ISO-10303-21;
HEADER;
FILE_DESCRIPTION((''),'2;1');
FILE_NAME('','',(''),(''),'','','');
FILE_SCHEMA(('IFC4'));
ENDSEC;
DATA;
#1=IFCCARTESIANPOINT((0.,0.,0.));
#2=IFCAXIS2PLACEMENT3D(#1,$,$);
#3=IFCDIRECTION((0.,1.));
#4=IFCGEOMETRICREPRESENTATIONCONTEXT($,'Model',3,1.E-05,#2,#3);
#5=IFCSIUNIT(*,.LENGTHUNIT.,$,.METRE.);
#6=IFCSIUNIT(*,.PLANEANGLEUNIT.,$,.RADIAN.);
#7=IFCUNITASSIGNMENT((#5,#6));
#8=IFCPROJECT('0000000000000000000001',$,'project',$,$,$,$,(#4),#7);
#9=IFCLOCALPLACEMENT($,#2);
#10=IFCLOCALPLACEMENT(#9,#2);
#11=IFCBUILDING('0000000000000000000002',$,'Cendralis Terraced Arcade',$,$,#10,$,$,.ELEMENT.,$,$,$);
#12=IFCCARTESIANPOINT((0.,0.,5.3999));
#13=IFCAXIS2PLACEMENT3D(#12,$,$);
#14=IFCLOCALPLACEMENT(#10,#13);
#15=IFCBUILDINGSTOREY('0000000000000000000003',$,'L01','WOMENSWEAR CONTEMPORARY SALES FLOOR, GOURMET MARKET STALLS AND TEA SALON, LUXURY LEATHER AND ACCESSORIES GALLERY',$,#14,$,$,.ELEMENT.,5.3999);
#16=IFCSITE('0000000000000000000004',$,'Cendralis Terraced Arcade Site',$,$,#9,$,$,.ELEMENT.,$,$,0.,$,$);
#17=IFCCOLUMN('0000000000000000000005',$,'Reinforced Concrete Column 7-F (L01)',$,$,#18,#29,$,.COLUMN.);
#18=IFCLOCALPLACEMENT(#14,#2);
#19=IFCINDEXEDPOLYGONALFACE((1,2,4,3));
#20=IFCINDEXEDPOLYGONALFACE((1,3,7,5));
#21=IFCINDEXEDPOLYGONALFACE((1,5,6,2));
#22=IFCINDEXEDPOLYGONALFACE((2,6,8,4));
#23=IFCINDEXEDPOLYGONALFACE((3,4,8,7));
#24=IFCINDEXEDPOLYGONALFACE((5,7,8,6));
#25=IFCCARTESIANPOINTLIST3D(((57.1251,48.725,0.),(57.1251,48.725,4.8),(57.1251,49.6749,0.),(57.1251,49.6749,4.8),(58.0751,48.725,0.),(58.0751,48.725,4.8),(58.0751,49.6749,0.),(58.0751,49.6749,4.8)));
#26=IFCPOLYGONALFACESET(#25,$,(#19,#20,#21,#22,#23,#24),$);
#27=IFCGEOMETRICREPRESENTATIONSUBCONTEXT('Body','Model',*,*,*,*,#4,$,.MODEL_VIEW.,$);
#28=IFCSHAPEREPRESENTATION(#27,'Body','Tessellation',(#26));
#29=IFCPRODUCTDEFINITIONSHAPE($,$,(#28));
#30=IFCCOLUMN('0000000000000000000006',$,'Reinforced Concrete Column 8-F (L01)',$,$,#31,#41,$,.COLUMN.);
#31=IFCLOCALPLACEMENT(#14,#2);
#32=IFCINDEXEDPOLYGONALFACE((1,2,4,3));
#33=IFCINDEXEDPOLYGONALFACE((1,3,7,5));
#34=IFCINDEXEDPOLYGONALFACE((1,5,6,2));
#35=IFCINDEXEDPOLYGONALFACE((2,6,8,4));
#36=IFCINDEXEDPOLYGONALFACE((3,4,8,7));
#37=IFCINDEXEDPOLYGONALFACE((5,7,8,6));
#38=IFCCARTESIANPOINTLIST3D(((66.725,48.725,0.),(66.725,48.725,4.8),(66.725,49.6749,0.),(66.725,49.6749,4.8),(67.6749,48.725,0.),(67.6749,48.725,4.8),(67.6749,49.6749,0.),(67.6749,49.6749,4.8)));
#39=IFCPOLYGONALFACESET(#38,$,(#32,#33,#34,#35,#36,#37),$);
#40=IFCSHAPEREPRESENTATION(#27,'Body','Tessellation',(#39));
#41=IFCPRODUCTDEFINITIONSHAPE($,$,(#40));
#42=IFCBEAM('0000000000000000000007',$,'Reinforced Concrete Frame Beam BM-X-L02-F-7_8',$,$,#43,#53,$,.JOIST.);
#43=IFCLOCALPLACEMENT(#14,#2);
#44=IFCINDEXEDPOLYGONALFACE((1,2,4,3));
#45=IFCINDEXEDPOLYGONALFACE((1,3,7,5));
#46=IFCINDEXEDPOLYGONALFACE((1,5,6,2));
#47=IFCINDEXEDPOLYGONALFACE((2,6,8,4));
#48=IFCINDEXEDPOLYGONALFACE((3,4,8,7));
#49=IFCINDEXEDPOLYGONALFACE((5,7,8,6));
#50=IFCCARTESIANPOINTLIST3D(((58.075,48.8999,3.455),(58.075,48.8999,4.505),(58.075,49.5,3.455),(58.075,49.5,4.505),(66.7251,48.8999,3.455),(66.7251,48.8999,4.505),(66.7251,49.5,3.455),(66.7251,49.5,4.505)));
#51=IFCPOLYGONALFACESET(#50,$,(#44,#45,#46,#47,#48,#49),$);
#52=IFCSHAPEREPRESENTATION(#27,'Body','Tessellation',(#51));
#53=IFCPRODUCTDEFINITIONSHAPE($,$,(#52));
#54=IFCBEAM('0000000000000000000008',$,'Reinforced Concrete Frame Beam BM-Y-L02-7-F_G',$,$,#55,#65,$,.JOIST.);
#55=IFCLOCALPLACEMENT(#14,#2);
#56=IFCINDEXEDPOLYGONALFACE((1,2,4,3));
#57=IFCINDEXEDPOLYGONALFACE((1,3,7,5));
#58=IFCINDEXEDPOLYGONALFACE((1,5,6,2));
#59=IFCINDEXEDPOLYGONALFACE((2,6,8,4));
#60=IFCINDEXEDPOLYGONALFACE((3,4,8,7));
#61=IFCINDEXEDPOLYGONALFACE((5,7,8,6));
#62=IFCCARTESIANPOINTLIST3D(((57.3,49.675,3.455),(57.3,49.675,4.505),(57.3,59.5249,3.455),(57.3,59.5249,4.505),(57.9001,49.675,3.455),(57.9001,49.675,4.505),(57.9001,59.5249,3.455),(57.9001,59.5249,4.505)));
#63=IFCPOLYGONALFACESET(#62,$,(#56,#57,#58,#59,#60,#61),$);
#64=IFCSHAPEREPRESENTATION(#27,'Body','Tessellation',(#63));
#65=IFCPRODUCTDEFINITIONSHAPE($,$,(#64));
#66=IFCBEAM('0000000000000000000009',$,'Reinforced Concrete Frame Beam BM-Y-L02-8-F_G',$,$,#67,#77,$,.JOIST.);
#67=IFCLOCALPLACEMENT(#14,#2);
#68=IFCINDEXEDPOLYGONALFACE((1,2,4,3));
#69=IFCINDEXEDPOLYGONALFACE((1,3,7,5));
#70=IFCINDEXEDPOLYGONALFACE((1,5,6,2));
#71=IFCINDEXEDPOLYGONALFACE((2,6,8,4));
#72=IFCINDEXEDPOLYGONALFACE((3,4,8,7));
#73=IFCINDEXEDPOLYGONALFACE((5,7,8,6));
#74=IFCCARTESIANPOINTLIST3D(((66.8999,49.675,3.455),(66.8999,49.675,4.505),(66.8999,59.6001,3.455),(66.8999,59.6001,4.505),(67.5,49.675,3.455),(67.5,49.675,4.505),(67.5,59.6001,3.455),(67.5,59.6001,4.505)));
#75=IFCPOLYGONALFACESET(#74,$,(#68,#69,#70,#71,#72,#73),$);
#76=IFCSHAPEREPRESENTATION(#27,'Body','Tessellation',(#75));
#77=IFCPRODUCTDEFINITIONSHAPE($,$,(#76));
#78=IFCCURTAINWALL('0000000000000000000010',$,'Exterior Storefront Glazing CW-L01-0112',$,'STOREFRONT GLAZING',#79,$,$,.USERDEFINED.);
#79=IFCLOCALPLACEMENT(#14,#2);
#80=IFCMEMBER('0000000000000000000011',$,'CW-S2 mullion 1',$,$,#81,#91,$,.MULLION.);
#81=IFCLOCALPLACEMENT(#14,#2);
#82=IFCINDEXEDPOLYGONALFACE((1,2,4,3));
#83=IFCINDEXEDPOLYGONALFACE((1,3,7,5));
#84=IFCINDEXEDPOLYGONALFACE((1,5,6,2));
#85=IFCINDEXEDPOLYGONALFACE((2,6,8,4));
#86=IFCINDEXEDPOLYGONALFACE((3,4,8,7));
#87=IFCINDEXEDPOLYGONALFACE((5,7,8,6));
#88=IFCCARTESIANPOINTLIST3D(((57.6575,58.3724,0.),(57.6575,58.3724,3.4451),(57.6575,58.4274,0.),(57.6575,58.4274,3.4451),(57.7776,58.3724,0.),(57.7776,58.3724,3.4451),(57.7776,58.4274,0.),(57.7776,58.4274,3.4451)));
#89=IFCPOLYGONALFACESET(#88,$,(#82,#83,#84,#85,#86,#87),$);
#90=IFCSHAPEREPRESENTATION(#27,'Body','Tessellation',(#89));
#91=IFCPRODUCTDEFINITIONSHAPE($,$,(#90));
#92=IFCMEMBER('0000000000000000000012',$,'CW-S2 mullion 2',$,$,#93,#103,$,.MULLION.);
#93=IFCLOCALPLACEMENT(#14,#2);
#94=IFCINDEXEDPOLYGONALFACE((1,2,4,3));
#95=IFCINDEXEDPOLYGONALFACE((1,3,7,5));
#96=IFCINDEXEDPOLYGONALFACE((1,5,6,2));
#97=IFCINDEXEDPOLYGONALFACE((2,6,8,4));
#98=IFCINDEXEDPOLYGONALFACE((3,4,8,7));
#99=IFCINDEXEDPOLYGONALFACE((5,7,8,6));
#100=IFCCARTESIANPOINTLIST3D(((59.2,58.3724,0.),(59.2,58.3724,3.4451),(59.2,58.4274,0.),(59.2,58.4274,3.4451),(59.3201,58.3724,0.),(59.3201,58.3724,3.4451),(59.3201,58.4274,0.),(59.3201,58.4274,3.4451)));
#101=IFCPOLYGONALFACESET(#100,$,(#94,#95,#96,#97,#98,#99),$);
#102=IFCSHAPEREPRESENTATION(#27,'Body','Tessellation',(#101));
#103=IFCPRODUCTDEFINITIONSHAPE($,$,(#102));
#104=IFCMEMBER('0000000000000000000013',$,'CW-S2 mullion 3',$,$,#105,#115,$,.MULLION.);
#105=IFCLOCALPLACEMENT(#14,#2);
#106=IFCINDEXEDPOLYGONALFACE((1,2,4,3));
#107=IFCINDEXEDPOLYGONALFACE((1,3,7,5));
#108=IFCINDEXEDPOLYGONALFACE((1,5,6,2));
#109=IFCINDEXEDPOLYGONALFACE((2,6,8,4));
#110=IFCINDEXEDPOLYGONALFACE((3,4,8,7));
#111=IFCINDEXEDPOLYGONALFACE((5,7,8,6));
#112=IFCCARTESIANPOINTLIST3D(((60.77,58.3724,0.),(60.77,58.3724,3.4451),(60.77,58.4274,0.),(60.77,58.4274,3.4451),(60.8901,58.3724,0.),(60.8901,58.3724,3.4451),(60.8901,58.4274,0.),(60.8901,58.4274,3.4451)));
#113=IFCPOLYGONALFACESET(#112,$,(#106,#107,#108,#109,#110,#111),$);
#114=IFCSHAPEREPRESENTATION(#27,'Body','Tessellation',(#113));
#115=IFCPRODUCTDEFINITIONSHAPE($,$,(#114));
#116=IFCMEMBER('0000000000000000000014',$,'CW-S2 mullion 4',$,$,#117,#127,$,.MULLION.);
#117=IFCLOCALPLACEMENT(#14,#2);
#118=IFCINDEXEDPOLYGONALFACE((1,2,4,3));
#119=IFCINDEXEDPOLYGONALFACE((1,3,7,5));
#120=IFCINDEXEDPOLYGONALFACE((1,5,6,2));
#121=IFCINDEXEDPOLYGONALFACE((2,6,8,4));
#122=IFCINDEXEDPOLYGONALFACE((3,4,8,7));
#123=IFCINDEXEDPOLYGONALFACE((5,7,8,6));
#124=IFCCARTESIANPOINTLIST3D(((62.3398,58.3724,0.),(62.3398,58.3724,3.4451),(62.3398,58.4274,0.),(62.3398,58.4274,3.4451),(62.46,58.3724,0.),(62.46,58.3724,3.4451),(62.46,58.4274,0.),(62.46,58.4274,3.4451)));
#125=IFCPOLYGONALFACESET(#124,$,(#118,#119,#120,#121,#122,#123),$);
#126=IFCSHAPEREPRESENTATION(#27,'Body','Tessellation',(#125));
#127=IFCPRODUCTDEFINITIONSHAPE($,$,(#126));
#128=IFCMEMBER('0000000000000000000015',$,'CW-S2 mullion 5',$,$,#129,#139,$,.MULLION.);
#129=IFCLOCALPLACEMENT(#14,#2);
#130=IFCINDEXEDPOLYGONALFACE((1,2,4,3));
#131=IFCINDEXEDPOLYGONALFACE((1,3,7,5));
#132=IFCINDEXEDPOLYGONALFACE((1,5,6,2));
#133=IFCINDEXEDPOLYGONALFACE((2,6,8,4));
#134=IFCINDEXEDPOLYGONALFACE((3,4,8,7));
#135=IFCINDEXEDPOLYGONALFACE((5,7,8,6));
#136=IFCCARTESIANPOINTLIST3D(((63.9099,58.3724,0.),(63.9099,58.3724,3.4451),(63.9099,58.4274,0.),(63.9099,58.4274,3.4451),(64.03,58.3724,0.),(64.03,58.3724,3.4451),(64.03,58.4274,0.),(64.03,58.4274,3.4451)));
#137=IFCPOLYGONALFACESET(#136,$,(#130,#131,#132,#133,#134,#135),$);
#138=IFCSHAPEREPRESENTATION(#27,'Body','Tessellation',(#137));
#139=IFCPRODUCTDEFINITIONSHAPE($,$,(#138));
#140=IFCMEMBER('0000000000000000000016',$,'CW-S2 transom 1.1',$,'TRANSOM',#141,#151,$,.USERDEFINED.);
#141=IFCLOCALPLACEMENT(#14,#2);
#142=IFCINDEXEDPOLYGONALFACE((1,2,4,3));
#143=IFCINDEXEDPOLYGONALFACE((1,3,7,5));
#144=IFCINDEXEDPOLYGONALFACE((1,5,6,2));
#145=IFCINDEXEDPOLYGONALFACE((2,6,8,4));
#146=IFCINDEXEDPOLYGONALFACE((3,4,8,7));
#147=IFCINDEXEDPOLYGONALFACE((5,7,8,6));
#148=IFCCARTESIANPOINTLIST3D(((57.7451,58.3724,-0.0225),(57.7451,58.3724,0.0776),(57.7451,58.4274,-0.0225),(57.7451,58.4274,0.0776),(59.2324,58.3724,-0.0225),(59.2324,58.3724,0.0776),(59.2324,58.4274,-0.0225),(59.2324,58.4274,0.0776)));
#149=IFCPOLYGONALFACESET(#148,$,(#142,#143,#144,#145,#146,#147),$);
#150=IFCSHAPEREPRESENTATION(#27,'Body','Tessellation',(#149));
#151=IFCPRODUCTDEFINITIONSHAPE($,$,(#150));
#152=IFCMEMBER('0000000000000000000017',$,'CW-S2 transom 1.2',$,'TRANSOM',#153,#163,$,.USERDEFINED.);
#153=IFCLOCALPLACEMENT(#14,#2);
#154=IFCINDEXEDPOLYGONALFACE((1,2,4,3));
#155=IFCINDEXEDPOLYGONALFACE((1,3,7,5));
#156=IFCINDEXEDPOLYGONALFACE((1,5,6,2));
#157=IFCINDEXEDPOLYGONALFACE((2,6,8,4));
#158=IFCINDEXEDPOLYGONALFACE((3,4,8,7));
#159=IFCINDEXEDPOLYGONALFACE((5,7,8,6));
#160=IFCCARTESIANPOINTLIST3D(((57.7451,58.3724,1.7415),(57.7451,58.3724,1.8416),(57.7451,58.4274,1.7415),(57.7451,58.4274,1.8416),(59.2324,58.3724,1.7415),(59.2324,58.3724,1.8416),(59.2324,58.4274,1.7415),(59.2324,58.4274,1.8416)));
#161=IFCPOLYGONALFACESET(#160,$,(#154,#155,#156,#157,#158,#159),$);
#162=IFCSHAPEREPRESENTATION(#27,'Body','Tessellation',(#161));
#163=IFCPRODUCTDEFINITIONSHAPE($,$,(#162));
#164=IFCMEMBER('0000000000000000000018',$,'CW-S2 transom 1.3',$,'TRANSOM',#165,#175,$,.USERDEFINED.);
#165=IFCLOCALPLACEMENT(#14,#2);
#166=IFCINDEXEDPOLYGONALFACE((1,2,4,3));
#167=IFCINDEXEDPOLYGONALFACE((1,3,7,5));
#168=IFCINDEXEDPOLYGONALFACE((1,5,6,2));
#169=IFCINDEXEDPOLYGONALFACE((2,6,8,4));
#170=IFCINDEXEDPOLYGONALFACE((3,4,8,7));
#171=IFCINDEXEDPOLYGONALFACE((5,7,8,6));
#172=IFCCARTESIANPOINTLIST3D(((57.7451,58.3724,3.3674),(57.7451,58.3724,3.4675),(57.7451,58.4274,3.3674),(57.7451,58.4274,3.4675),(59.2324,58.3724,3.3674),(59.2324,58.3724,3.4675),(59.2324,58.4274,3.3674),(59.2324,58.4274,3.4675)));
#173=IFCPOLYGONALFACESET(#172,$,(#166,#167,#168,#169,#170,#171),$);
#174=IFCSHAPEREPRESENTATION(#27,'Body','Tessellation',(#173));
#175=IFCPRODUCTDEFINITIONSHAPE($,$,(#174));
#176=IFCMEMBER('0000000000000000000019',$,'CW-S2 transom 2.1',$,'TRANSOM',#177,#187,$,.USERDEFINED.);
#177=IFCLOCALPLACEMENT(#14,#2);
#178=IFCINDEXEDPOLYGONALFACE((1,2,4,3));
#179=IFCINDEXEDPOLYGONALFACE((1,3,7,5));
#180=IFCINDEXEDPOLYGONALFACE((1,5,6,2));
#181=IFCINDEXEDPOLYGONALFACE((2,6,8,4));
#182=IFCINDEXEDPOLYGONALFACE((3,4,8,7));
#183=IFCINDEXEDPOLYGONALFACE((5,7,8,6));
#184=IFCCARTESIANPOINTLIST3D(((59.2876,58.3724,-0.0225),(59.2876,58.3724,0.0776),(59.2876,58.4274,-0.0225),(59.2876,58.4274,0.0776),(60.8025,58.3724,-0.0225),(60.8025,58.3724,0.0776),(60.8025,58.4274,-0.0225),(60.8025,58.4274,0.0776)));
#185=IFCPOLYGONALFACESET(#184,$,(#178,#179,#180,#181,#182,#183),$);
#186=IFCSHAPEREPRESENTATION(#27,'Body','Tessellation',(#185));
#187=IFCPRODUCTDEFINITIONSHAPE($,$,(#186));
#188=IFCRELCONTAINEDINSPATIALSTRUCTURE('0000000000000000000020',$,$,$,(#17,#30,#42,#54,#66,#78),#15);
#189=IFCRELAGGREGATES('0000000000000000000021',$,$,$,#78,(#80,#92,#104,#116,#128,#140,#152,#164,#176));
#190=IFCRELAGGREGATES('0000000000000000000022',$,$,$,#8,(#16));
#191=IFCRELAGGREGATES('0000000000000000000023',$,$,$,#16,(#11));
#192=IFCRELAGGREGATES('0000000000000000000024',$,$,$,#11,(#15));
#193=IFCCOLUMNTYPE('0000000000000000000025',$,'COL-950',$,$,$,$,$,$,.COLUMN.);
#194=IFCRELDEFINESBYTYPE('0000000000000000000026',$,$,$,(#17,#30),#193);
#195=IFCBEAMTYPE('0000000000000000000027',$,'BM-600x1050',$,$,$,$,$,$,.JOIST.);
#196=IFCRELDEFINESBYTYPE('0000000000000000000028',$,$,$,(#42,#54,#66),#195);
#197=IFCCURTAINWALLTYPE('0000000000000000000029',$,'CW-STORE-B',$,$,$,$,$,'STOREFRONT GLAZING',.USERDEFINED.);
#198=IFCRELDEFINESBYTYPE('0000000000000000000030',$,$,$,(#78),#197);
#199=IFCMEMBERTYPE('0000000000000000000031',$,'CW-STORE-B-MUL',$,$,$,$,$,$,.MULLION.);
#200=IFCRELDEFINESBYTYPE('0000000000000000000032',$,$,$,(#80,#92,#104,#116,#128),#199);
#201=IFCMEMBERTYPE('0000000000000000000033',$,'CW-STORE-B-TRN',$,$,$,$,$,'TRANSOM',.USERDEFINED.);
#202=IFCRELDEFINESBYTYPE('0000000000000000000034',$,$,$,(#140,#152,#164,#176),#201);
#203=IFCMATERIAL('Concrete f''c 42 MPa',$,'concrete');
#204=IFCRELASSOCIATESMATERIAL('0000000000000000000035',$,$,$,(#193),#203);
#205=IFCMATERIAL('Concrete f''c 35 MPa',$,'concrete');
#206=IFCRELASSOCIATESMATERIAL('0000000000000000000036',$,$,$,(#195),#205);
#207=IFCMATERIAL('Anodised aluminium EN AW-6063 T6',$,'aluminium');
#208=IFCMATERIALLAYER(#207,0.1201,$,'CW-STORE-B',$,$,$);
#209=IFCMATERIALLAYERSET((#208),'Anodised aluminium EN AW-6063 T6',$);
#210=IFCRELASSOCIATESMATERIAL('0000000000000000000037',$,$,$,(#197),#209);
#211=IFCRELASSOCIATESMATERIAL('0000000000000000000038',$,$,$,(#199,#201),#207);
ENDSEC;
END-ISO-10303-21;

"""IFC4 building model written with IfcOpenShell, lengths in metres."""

from ifc_helpers import new_model, si_unit, direction, frame, origin, origin_2d, place, context, subcontext, project, spatial, rectangle, extrude, material, layer, layer_set, material_profile, profile_set, type_object, element, aggregate, save


model = new_model("IFC4")

# Units and contexts
model_context = context("Model", 3, precision=1e-05, world=origin(), true_north=direction((0.0, 1.0)))
body_context = subcontext(model_context, "Body", "Model", "MODEL_VIEW")
ifc_project = project(units=[si_unit("LENGTHUNIT", "METRE"), si_unit("PLANEANGLEUNIT", "RADIAN")], contexts=[model_context])

# Site, building, storey
site_placement = place(None, origin())
site = spatial("IfcSite", under=ifc_project, at=site_placement, Name="Cendralis Terraced Arcade Site", CompositionType="ELEMENT", RefElevation=0.0)
building_placement = place(site_placement, origin())
building = spatial("IfcBuilding", under=site, at=building_placement, Name="Cendralis Terraced Arcade", CompositionType="ELEMENT")
storey_placement = place(building_placement, frame((0.0, 0.0, 5.3999)))
storey = spatial("IfcBuildingStorey", under=building, at=storey_placement, Name="L01", Description="WOMENSWEAR CONTEMPORARY SALES FLOOR, GOURMET MARKET STALLS AND TEA SALON, LUXURY LEATHER AND ACCESSORIES GALLERY", CompositionType="ELEMENT", Elevation=5.3999)

# Columns
ifc_material_1 = material(Name="Concrete f'c 42 MPa", Category="concrete")
ifc_material_profile_1 = material_profile(ifc_material_1, rectangle(XDim=0.95, YDim=0.95, at=origin_2d()), Name="RC-COL-950x950", Category="LoadBearing")
ifc_profile_set_1 = profile_set([ifc_material_profile_1], Name="Concrete f'c 42 MPa")
column_type = type_object("IfcColumnType", Name="COL-950", PredefinedType="COLUMN", material=ifc_profile_set_1)
for number, where, z_axis, x_axis, name in (
    (1, (57.6001, 49.2, 0.0), (0.0, 0.0, 1.0), (1.0, 0.0, 0.0), "Reinforced Concrete Column 7-F (L01)"),
    (2, (67.2, 49.2, 0.0), (0.0, 0.0, 1.0), (1.0, 0.0, 0.0), "Reinforced Concrete Column 8-F (L01)"),
):
    element("IfcColumn", number, at=place(storey_placement, frame(where, z_axis=z_axis, x_axis=x_axis)), inside=storey, type_object=column_type, Name=name, PredefinedType="COLUMN", context=body_context, shape_type="SweptSolid", body=[
        extrude(rectangle(XDim=0.95, YDim=0.95, at=origin_2d()), origin(), (0.0, 0.0, 1.0), 4.8),
    ])

# Beams
ifc_material_2 = material(Name="Concrete f'c 35 MPa", Category="concrete")
ifc_material_profile_2 = material_profile(ifc_material_2, rectangle(XDim=0.6001, YDim=1.05, at=origin_2d()), Name="RC-BM-600x1050", Category="LoadBearing")
ifc_profile_set_2 = profile_set([ifc_material_profile_2], Name="Concrete f'c 35 MPa")
beam_type = type_object("IfcBeamType", Name="BM-600x1050", PredefinedType="JOIST", material=ifc_profile_set_2)
beam_1_placement = place(storey_placement, frame((58.075, 49.2, 3.98), z_axis=(1.0, 0.0, 0.0), x_axis=(0.0, 1.0, 0.0)))
element("IfcBeam", 3, at=beam_1_placement, inside=storey, type_object=beam_type, Name="Reinforced Concrete Frame Beam BM-X-L02-F-7_8", PredefinedType="JOIST", context=body_context, shape_type="SweptSolid", body=[
    extrude(rectangle(XDim=0.6001, YDim=1.05, at=origin_2d()), origin(), (0.0, 0.0, 1.0), 8.6501),
])
beam_2_placement = place(storey_placement, frame((57.6001, 49.675, 3.98), z_axis=(0.0, 1.0, 0.0), x_axis=(-1.0, 0.0, 0.0)))
element("IfcBeam", 4, at=beam_2_placement, inside=storey, type_object=beam_type, Name="Reinforced Concrete Frame Beam BM-Y-L02-7-F_G", PredefinedType="JOIST", context=body_context, shape_type="SweptSolid", body=[
    extrude(rectangle(XDim=0.6001, YDim=1.05, at=origin_2d()), origin(), (0.0, 0.0, 1.0), 9.8499),
])
beam_3_placement = place(storey_placement, frame((67.2, 49.675, 3.98), z_axis=(0.0, 1.0, 0.0), x_axis=(-1.0, 0.0, 0.0)))
element("IfcBeam", 5, at=beam_3_placement, inside=storey, type_object=beam_type, Name="Reinforced Concrete Frame Beam BM-Y-L02-8-F_G", PredefinedType="JOIST", context=body_context, shape_type="SweptSolid", body=[
    extrude(rectangle(XDim=0.6001, YDim=1.05, at=origin_2d()), origin(), (0.0, 0.0, 1.0), 9.925),
])

# Curtain wall, members
ifc_material_3 = material(Name="Anodised aluminium EN AW-6063 T6", Category="aluminium")
ifc_layer_1 = layer(ifc_material_3, 0.1201, Name="CW-STORE-B")
ifc_layer_set_1 = layer_set([ifc_layer_1], Name="Anodised aluminium EN AW-6063 T6")
curtain_wall_type = type_object("IfcCurtainWallType", Name="CW-STORE-B", ElementType="STOREFRONT GLAZING", PredefinedType="USERDEFINED", material=ifc_layer_set_1)
curtain_wall_placement = place(storey_placement, origin())
curtain_wall = element("IfcCurtainWall", 6, at=curtain_wall_placement, inside=storey, type_object=curtain_wall_type, Name="Exterior Storefront Glazing CW-L01-0112", ObjectType="STOREFRONT GLAZING", PredefinedType="USERDEFINED")
ifc_material_profile_3 = material_profile(ifc_material_3, rectangle(XDim=0.0549, YDim=0.1201, at=origin_2d()), Name="ALU-MUL-55x120")
ifc_profile_set_3 = profile_set([ifc_material_profile_3], Name="Anodised aluminium EN AW-6063 T6")
member_type_1 = type_object("IfcMemberType", Name="CW-STORE-B-MUL", PredefinedType="MULLION", material=ifc_profile_set_3)
member_1_placement = place(storey_placement, frame((57.7175, 58.3999, 0.0), z_axis=(0.0, 0.0, 1.0), x_axis=(0.0, 1.0, 0.0)))
member_1 = element("IfcMember", 7, at=member_1_placement, type_object=member_type_1, Name="CW-S2 mullion 1", PredefinedType="MULLION", context=body_context, shape_type="SweptSolid", body=[
    extrude(rectangle(XDim=0.0549, YDim=0.1201, at=origin_2d()), origin(), (0.0, 0.0, 1.0), 3.4451),
])
member_2_placement = place(storey_placement, frame((59.26, 58.3999, 0.0), z_axis=(0.0, 0.0, 1.0), x_axis=(0.0, 1.0, 0.0)))
member_2 = element("IfcMember", 8, at=member_2_placement, type_object=member_type_1, Name="CW-S2 mullion 2", PredefinedType="MULLION", context=body_context, shape_type="SweptSolid", body=[
    extrude(rectangle(XDim=0.0549, YDim=0.1201, at=origin_2d()), origin(), (0.0, 0.0, 1.0), 3.4451),
])
member_3_placement = place(storey_placement, frame((60.8301, 58.3999, 0.0), z_axis=(0.0, 0.0, 1.0), x_axis=(0.0, 1.0, 0.0)))
member_3 = element("IfcMember", 9, at=member_3_placement, type_object=member_type_1, Name="CW-S2 mullion 3", PredefinedType="MULLION", context=body_context, shape_type="SweptSolid", body=[
    extrude(rectangle(XDim=0.0549, YDim=0.1201, at=origin_2d()), origin(), (0.0, 0.0, 1.0), 3.4451),
])
member_4_placement = place(storey_placement, frame((62.3999, 58.3999, 0.0), z_axis=(0.0, 0.0, 1.0), x_axis=(0.0, 1.0, 0.0)))
member_4 = element("IfcMember", 10, at=member_4_placement, type_object=member_type_1, Name="CW-S2 mullion 4", PredefinedType="MULLION", context=body_context, shape_type="SweptSolid", body=[
    extrude(rectangle(XDim=0.0549, YDim=0.1201, at=origin_2d()), origin(), (0.0, 0.0, 1.0), 3.4451),
])
member_5_placement = place(storey_placement, frame((63.97, 58.3999, 0.0), z_axis=(0.0, 0.0, 1.0), x_axis=(0.0, 1.0, 0.0)))
member_5 = element("IfcMember", 11, at=member_5_placement, type_object=member_type_1, Name="CW-S2 mullion 5", PredefinedType="MULLION", context=body_context, shape_type="SweptSolid", body=[
    extrude(rectangle(XDim=0.0549, YDim=0.1201, at=origin_2d()), origin(), (0.0, 0.0, 1.0), 3.4451),
])
ifc_material_profile_4 = material_profile(ifc_material_3, rectangle(XDim=0.0549, YDim=0.1001, at=origin_2d()), Name="ALU-TRN-55x100")
ifc_profile_set_4 = profile_set([ifc_material_profile_4], Name="Anodised aluminium EN AW-6063 T6")
member_type_2 = type_object("IfcMemberType", Name="CW-STORE-B-TRN", ElementType="TRANSOM", PredefinedType="USERDEFINED", material=ifc_profile_set_4)
member_6_placement = place(storey_placement, frame((57.7451, 58.3999, 0.0276), z_axis=(1.0, 0.0, 0.0), x_axis=(0.0, 1.0, 0.0)))
member_6 = element("IfcMember", 12, at=member_6_placement, type_object=member_type_2, Name="CW-S2 transom 1.1", ObjectType="TRANSOM", PredefinedType="USERDEFINED", context=body_context, shape_type="SweptSolid", body=[
    extrude(rectangle(XDim=0.0549, YDim=0.1001, at=origin_2d()), origin(), (0.0, 0.0, 1.0), 1.4873),
])
member_7_placement = place(storey_placement, frame((57.7451, 58.3999, 1.7915), z_axis=(1.0, 0.0, 0.0), x_axis=(0.0, 1.0, 0.0)))
member_7 = element("IfcMember", 13, at=member_7_placement, type_object=member_type_2, Name="CW-S2 transom 1.2", ObjectType="TRANSOM", PredefinedType="USERDEFINED", context=body_context, shape_type="SweptSolid", body=[
    extrude(rectangle(XDim=0.0549, YDim=0.1001, at=origin_2d()), origin(), (0.0, 0.0, 1.0), 1.4873),
])
member_8_placement = place(storey_placement, frame((57.7451, 58.3999, 3.4175), z_axis=(1.0, 0.0, 0.0), x_axis=(0.0, 1.0, 0.0)))
member_8 = element("IfcMember", 14, at=member_8_placement, type_object=member_type_2, Name="CW-S2 transom 1.3", ObjectType="TRANSOM", PredefinedType="USERDEFINED", context=body_context, shape_type="SweptSolid", body=[
    extrude(rectangle(XDim=0.0549, YDim=0.1001, at=origin_2d()), origin(), (0.0, 0.0, 1.0), 1.4873),
])
member_9_placement = place(storey_placement, frame((59.2876, 58.3999, 0.0276), z_axis=(1.0, 0.0, 0.0), x_axis=(0.0, 1.0, 0.0)))
member_9 = element("IfcMember", 15, at=member_9_placement, type_object=member_type_2, Name="CW-S2 transom 2.1", ObjectType="TRANSOM", PredefinedType="USERDEFINED", context=body_context, shape_type="SweptSolid", body=[
    extrude(rectangle(XDim=0.0549, YDim=0.1001, at=origin_2d()), origin(), (0.0, 0.0, 1.0), 1.5149),
])
aggregate(curtain_wall, [member_1, member_2, member_3, member_4, member_5, member_6, member_7, member_8, member_9])

save(model, "model.ifc")
